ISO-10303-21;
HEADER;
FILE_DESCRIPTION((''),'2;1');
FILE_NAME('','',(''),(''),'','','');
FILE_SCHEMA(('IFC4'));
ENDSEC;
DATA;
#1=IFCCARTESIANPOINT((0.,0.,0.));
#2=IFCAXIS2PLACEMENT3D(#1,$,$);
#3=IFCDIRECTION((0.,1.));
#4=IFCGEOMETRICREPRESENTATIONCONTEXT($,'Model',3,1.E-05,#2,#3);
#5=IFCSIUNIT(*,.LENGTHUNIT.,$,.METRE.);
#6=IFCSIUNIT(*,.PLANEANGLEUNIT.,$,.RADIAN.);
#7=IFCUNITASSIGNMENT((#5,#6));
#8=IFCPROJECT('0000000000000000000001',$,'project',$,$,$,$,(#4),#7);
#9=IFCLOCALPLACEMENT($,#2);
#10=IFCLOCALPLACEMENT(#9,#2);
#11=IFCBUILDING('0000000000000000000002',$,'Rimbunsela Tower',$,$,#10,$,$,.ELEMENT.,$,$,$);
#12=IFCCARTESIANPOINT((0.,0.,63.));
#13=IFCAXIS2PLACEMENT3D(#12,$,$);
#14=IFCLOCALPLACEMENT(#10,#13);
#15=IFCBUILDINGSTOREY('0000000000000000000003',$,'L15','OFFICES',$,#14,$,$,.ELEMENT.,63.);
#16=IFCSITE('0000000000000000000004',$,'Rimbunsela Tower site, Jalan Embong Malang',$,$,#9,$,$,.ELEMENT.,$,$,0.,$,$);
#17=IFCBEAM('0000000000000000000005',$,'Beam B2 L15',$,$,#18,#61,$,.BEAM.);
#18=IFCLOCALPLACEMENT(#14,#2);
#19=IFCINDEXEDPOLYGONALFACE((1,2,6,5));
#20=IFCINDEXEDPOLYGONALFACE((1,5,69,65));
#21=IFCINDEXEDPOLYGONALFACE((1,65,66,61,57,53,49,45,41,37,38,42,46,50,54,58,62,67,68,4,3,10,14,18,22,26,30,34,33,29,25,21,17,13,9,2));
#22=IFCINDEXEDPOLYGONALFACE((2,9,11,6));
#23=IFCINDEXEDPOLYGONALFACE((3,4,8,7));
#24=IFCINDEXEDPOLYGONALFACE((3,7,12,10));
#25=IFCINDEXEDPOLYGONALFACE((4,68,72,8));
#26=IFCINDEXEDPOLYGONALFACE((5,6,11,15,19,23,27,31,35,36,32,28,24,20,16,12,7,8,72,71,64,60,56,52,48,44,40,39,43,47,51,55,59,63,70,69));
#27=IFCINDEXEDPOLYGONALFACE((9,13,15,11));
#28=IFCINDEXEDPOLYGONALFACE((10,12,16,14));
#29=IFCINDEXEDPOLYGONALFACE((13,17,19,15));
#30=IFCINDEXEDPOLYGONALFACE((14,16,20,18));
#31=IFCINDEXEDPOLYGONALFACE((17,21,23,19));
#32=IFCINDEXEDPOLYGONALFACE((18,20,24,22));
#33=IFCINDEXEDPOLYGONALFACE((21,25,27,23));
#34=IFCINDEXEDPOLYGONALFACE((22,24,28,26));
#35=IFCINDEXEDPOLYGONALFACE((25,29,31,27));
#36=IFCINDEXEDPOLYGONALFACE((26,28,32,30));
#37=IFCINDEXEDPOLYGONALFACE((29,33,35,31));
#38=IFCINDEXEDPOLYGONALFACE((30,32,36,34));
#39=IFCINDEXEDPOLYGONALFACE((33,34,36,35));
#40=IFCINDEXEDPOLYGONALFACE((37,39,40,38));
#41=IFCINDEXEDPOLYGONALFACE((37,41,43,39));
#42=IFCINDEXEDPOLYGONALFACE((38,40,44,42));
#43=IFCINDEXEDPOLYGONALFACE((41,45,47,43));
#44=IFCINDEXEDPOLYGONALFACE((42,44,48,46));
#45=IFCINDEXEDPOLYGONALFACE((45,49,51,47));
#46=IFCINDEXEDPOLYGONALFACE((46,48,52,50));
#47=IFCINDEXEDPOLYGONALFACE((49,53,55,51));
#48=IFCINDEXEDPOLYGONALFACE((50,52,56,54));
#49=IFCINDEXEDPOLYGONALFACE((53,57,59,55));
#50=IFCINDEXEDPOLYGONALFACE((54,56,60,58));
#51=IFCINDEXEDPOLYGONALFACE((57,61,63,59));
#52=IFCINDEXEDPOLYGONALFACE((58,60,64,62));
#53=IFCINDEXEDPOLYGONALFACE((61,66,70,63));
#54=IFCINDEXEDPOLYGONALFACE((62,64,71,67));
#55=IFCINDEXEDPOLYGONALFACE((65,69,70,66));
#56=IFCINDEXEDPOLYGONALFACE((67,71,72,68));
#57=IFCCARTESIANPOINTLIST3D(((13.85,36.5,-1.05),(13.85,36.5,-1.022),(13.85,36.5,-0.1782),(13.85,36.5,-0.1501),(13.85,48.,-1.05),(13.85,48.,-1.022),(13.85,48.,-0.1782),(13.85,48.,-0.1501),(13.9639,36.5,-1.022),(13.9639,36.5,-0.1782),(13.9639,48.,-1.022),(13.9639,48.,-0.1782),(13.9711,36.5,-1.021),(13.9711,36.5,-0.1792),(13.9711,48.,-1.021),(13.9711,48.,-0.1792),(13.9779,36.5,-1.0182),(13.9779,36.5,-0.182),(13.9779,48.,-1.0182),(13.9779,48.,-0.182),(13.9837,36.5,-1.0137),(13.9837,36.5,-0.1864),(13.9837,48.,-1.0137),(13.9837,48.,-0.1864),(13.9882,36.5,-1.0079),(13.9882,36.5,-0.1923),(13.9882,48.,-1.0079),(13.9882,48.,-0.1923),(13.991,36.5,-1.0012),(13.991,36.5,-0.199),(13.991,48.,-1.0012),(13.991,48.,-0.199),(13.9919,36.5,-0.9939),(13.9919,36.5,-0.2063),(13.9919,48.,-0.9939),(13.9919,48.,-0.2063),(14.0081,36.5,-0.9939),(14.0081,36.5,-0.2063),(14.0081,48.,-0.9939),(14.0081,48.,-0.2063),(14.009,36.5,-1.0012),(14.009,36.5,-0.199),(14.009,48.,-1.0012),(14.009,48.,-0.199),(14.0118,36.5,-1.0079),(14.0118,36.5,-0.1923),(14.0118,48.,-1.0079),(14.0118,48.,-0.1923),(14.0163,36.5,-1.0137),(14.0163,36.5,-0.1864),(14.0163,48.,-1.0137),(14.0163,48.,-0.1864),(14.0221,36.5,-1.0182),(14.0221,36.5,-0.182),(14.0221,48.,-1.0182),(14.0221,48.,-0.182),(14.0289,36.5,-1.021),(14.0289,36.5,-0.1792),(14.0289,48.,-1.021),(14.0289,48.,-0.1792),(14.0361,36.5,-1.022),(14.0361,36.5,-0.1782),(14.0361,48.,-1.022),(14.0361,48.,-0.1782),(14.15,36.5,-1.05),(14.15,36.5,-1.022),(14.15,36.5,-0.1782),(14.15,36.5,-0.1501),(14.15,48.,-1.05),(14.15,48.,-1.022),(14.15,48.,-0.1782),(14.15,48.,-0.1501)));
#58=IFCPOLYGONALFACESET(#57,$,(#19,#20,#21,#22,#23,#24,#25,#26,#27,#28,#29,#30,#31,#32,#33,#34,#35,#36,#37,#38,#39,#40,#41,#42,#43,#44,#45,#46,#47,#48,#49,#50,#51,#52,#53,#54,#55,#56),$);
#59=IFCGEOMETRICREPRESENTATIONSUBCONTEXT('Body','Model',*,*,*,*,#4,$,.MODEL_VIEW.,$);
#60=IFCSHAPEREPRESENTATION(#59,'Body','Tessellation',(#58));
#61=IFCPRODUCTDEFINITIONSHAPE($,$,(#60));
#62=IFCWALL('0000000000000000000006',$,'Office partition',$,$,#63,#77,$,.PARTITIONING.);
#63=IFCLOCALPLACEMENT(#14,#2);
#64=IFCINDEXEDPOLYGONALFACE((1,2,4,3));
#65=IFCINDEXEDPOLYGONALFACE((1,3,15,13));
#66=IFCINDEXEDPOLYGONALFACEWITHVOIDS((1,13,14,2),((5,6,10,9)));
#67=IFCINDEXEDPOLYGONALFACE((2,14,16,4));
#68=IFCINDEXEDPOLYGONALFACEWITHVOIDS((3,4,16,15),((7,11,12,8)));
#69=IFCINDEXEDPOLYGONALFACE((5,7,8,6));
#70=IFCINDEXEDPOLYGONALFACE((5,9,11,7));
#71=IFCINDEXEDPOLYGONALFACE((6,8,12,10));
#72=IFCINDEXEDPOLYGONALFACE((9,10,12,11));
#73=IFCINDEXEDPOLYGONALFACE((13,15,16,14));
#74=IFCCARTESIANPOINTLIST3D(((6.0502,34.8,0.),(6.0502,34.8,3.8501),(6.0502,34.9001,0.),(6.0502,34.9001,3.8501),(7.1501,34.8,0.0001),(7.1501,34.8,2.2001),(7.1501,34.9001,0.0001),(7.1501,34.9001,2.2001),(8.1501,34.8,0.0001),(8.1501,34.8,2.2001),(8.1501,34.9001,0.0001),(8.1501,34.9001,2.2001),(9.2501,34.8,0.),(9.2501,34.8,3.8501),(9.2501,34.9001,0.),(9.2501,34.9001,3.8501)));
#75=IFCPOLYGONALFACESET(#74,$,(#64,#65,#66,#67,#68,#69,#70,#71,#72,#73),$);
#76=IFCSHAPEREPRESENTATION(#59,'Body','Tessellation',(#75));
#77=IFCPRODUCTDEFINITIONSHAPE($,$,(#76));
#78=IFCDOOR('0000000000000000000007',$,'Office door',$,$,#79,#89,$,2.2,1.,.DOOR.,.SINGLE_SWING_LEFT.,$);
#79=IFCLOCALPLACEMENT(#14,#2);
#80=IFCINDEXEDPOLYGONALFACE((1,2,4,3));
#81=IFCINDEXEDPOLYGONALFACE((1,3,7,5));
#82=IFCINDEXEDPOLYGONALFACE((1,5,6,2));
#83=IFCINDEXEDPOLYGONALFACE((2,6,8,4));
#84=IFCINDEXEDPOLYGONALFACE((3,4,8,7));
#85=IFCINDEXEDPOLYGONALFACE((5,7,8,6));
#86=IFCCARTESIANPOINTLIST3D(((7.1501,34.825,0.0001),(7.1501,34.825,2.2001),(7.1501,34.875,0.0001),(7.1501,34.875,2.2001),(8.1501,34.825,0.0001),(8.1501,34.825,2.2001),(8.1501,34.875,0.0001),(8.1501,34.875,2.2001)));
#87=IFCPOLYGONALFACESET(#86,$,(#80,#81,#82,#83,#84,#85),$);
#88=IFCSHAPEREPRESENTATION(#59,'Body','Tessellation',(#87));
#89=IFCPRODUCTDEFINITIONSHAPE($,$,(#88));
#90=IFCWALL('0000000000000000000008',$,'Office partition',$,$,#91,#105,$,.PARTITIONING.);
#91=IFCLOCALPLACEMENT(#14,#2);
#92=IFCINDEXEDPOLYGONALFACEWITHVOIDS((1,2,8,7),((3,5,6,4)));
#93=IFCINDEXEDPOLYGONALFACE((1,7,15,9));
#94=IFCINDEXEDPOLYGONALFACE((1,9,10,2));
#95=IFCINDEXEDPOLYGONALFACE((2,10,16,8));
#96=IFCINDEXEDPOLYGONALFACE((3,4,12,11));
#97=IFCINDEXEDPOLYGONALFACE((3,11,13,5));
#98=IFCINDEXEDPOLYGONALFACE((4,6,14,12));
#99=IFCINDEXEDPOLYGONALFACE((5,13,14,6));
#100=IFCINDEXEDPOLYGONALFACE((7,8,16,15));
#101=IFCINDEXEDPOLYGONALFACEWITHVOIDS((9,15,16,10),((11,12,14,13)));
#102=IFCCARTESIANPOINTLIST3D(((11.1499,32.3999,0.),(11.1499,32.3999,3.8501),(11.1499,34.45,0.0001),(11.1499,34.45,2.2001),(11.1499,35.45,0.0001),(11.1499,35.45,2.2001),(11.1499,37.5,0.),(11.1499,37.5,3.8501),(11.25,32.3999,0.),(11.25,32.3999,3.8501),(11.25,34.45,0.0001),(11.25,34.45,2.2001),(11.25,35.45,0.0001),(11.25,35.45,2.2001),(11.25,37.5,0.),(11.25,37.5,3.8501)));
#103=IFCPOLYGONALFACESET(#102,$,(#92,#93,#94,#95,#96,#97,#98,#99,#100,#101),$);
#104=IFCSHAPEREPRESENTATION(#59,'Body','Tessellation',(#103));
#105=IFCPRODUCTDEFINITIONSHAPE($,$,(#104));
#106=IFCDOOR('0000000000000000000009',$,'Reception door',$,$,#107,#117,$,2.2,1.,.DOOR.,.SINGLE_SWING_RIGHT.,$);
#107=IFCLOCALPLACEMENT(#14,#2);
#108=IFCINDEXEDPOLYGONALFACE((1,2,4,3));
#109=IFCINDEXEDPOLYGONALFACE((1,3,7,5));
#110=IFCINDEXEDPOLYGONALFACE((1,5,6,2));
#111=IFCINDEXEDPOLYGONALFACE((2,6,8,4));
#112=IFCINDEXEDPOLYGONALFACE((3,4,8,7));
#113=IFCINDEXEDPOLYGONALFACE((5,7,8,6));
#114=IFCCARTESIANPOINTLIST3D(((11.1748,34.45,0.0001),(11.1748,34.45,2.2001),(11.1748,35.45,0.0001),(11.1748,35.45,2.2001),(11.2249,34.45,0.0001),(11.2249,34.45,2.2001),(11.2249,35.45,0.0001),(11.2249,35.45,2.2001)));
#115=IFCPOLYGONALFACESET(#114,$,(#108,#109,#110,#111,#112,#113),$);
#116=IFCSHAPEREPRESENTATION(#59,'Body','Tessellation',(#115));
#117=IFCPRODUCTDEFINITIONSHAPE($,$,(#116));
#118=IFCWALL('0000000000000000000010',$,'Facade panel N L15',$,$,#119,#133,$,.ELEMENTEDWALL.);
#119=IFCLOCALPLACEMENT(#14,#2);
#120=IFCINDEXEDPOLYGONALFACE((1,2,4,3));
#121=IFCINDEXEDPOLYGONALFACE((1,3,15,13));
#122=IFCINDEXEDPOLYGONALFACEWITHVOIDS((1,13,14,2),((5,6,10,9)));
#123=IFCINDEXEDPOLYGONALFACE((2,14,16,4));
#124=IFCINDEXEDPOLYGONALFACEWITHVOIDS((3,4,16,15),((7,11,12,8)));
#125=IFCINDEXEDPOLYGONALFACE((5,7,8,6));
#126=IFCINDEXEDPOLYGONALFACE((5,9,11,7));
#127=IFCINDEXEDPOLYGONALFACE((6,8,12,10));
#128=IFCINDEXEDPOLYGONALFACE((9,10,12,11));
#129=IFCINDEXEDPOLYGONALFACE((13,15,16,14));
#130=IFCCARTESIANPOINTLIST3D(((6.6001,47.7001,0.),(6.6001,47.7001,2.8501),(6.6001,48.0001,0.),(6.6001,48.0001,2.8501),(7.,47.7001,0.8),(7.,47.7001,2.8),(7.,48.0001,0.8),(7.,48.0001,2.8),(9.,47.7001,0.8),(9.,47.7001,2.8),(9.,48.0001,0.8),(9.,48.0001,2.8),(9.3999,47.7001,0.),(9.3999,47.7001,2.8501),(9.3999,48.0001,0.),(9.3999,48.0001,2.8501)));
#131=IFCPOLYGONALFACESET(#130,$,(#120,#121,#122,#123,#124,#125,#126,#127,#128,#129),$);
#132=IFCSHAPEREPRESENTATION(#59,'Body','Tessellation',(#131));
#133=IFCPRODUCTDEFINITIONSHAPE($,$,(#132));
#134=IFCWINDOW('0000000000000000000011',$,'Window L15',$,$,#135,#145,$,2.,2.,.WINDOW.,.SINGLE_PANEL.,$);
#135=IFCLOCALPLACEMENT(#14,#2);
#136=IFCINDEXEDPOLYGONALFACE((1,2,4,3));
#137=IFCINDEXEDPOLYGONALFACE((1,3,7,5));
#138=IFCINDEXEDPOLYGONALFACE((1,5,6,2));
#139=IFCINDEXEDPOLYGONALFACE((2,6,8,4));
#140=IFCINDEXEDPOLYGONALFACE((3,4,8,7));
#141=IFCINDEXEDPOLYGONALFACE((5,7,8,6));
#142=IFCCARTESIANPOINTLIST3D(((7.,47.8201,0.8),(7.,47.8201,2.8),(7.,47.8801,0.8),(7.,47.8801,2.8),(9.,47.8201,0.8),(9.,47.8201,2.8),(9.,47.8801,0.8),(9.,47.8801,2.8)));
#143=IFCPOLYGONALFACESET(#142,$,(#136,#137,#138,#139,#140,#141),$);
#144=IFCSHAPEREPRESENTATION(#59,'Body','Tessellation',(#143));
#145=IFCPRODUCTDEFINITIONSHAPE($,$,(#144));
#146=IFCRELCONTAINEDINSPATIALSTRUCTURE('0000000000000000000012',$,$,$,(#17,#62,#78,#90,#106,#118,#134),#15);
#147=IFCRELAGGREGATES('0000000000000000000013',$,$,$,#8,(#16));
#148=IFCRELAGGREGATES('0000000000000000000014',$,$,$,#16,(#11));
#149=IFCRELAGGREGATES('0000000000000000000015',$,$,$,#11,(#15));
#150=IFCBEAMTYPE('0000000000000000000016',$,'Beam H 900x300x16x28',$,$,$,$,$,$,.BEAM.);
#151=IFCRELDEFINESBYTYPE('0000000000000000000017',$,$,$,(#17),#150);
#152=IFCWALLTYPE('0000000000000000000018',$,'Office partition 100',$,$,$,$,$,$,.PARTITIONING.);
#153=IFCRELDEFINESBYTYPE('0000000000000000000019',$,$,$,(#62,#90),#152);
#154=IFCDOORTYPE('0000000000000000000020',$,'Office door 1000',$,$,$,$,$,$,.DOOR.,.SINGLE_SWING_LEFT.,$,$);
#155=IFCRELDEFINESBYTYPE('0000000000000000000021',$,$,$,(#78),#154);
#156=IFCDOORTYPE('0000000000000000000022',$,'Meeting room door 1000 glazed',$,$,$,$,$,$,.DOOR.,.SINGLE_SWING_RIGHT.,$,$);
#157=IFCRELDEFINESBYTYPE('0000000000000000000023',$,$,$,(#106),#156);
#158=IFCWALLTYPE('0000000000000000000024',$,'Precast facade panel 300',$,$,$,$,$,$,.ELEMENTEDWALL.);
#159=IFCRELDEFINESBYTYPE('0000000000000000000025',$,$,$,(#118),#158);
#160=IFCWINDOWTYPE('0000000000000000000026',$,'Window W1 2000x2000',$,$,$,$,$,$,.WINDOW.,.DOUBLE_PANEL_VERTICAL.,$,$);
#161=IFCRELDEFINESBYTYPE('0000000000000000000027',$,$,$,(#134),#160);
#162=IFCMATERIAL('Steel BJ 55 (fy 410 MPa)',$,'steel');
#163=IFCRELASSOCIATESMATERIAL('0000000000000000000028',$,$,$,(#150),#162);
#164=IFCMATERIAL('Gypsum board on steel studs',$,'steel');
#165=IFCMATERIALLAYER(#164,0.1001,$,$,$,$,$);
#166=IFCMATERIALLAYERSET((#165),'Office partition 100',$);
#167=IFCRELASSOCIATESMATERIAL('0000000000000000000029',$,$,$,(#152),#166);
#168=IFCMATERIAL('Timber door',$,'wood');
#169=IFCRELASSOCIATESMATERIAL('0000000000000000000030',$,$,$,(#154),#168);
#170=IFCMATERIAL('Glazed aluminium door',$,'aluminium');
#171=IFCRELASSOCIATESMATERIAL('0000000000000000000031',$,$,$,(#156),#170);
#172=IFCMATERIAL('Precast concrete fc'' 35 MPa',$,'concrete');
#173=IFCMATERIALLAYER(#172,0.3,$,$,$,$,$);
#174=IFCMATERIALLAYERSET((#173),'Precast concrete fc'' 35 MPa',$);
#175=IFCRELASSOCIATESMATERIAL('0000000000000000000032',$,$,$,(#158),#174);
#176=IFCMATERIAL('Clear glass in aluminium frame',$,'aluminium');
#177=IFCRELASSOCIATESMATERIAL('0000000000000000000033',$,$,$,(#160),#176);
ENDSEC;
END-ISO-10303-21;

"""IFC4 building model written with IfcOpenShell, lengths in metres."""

from ifc_helpers import new_model, si_unit, direction, frame, frame_2d, origin, origin_2d, place, context, subcontext, project, spatial, rectangle, i_section, extrude, material, layer, layer_set, material_profile, profile_set, type_object, element, fill, save


model = new_model("IFC4")

# Units and contexts
model_context = context("Model", 3, precision=1e-05, world=origin(), true_north=direction((0.0, 1.0)))
body_context = subcontext(model_context, "Body", "Model", "MODEL_VIEW")
ifc_project = project(units=[si_unit("LENGTHUNIT", "METRE"), si_unit("PLANEANGLEUNIT", "RADIAN")], contexts=[model_context])

# Site, building, storey
site_placement = place(None, origin())
site = spatial("IfcSite", under=ifc_project, at=site_placement, Name="Rimbunsela Tower site, Jalan Embong Malang", CompositionType="ELEMENT", RefElevation=0.0)
building_placement = place(site_placement, origin())
building = spatial("IfcBuilding", under=site, at=building_placement, Name="Rimbunsela Tower", CompositionType="ELEMENT")
storey_placement = place(building_placement, frame((0.0, 0.0, 63.0)))
storey = spatial("IfcBuildingStorey", under=building, at=storey_placement, Name="L15", Description="OFFICES", CompositionType="ELEMENT", Elevation=63.0)

# Beam
ifc_material_1 = material(Name="Steel BJ 55 (fy 410 MPa)", Category="steel")
ifc_material_profile_1 = material_profile(ifc_material_1, i_section(OverallWidth=0.3, OverallDepth=0.8999, WebThickness=0.0161, FlangeThickness=0.0281, FilletRadius=0.0281, at=origin_2d()), Name="H 900x300x16x28")
ifc_profile_set_1 = profile_set([ifc_material_profile_1], Name="Steel BJ 55 (fy 410 MPa)")
beam_type_1 = type_object("IfcBeamType", Name="Beam H 900x300x16x28", PredefinedType="BEAM", material=ifc_profile_set_1)
for number, where, z_axis, x_axis, name in (
    (1, (14.0, 36.5, -0.6001), (0.0, 1.0, 0.0), (-1.0, 0.0, 0.0), "Beam B2 L15"),
):
    element("IfcBeam", number, at=place(storey_placement, frame(where, z_axis=z_axis, x_axis=x_axis)), inside=storey, type_object=beam_type_1, Name=name, PredefinedType="BEAM", context=body_context, shape_type="SweptSolid", body=[
        extrude(i_section(OverallWidth=0.3, OverallDepth=0.8999, WebThickness=0.0161, FlangeThickness=0.0281, FilletRadius=0.0281, at=origin_2d()), origin(), (0.0, 0.0, 1.0), 11.5),
    ])

# Walls, openings, doors
ifc_material_2 = material(Name="Gypsum board on steel studs", Category="steel")
ifc_layer_1 = layer(ifc_material_2, 0.1001)
ifc_layer_set_1 = layer_set([ifc_layer_1], Name="Office partition 100")
wall_type_1 = type_object("IfcWallType", Name="Office partition 100", PredefinedType="PARTITIONING", material=ifc_layer_set_1)
wall_1_placement = place(storey_placement, frame((6.05, 34.8501, 0.0), z_axis=(0.0, 0.0, 1.0), x_axis=(1.0, 0.0, 0.0)))
wall_1 = element("IfcWall", 2, at=wall_1_placement, inside=storey, type_object=wall_type_1, Name="Office partition", PredefinedType="PARTITIONING", context=body_context, shape_type="SweptSolid", body=[
    extrude(rectangle(XDim=3.2, YDim=0.1001, at=frame_2d((1.6001, 0.0))), origin(), (0.0, 0.0, 1.0), 3.8501),
])
opening_1_placement = place(wall_1_placement, frame((1.1001, 0.0, 0.0)))
opening_1 = element("IfcOpeningElement", 3, at=opening_1_placement, cuts=wall_1, PredefinedType="OPENING", context=body_context, shape_type="SweptSolid", body=[
    extrude(rectangle(XDim=1.0, YDim=2.2, at=frame_2d((0.5, 1.1001))), frame((0.0, 0.0601, 0.0), z_axis=(0.0, -1.0, 0.0), x_axis=(1.0, 0.0, 0.0)), (0.0, 0.0, 1.0), 0.1201),
])
ifc_material_3 = material(Name="Timber door", Category="wood")
door_type_1 = type_object("IfcDoorType", Name="Office door 1000", OperationType="SINGLE_SWING_LEFT", PredefinedType="DOOR", material=ifc_material_3)
door_1_placement = place(opening_1_placement, origin())
door_1 = element("IfcDoor", 4, at=door_1_placement, inside=storey, type_object=door_type_1, Name="Office door", OperationType="SINGLE_SWING_LEFT", OverallHeight=2.2, OverallWidth=1.0, PredefinedType="DOOR", context=body_context, shape_type="SweptSolid", body=[
    extrude(rectangle(XDim=1.0, YDim=2.2, at=frame_2d((0.5, 1.1001))), frame((0.0, 0.0249, 0.0), z_axis=(0.0, -1.0, 0.0), x_axis=(1.0, 0.0, 0.0)), (0.0, 0.0, 1.0), 0.05),
])
fill(opening_1, door_1)
wall_2_placement = place(storey_placement, frame((11.2, 37.5, 0.0), z_axis=(0.0, 0.0, 1.0), x_axis=(0.0, -1.0, 0.0)))
wall_2 = element("IfcWall", 5, at=wall_2_placement, inside=storey, type_object=wall_type_1, Name="Office partition", PredefinedType="PARTITIONING", context=body_context, shape_type="SweptSolid", body=[
    extrude(rectangle(XDim=5.1001, YDim=0.1001, at=frame_2d((2.55, 0.0))), origin(), (0.0, 0.0, 1.0), 3.8501),
])
opening_2_placement = place(wall_2_placement, frame((2.05, 0.0, 0.0)))
opening_2 = element("IfcOpeningElement", 6, at=opening_2_placement, cuts=wall_2, PredefinedType="OPENING", context=body_context, shape_type="SweptSolid", body=[
    extrude(rectangle(XDim=1.0, YDim=2.2, at=frame_2d((0.5, 1.1001))), frame((0.0, 0.0601, 0.0), z_axis=(0.0, -1.0, 0.0), x_axis=(1.0, 0.0, 0.0)), (0.0, 0.0, 1.0), 0.1201),
])
ifc_material_4 = material(Name="Glazed aluminium door", Category="aluminium")
door_type_2 = type_object("IfcDoorType", Name="Meeting room door 1000 glazed", OperationType="SINGLE_SWING_RIGHT", PredefinedType="DOOR", material=ifc_material_4)
door_2_placement = place(opening_2_placement, origin())
door_2 = element("IfcDoor", 7, at=door_2_placement, inside=storey, type_object=door_type_2, Name="Reception door", OperationType="SINGLE_SWING_RIGHT", OverallHeight=2.2, OverallWidth=1.0, PredefinedType="DOOR", context=body_context, shape_type="SweptSolid", body=[
    extrude(rectangle(XDim=1.0, YDim=2.2, at=frame_2d((0.5, 1.1001))), frame((0.0, 0.0249, 0.0), z_axis=(0.0, -1.0, 0.0), x_axis=(1.0, 0.0, 0.0)), (0.0, 0.0, 1.0), 0.05),
])
fill(opening_2, door_2)

# Wall, opening, window
ifc_material_5 = material(Name="Precast concrete fc' 35 MPa", Category="concrete")
ifc_layer_2 = layer(ifc_material_5, 0.3)
ifc_layer_set_2 = layer_set([ifc_layer_2], Name="Precast concrete fc' 35 MPa")
wall_type_2 = type_object("IfcWallType", Name="Precast facade panel 300", PredefinedType="ELEMENTEDWALL", material=ifc_layer_set_2)
wall_3_placement = place(storey_placement, frame((9.3999, 47.8501, 0.0), z_axis=(0.0, 0.0, 1.0), x_axis=(-1.0, 0.0, 0.0)))
wall_3 = element("IfcWall", 8, at=wall_3_placement, inside=storey, type_object=wall_type_2, Name="Facade panel N L15", PredefinedType="ELEMENTEDWALL", context=body_context, shape_type="SweptSolid", body=[
    extrude(rectangle(XDim=2.7998, YDim=0.3, at=frame_2d((1.3999, 0.0))), origin(), (0.0, 0.0, 1.0), 2.8501),
])
opening_3_placement = place(wall_3_placement, frame((0.3999, 0.0, 0.8)))
opening_3 = element("IfcOpeningElement", 9, at=opening_3_placement, cuts=wall_3, PredefinedType="OPENING", context=body_context, shape_type="SweptSolid", body=[
    extrude(rectangle(XDim=2.0, YDim=2.0, at=frame_2d((1.0, 1.0))), frame((0.0, 0.1599, 0.0), z_axis=(0.0, -1.0, 0.0), x_axis=(1.0, 0.0, 0.0)), (0.0, 0.0, 1.0), 0.3201),
])
ifc_material_6 = material(Name="Clear glass in aluminium frame", Category="aluminium")
window_type = type_object("IfcWindowType", Name="Window W1 2000x2000", PartitioningType="DOUBLE_PANEL_VERTICAL", PredefinedType="WINDOW", material=ifc_material_6)
window_1_placement = place(opening_3_placement, origin())
window_1 = element("IfcWindow", 10, at=window_1_placement, inside=storey, type_object=window_type, Name="Window L15", OverallHeight=2.0, OverallWidth=2.0, PartitioningType="SINGLE_PANEL", PredefinedType="WINDOW", context=body_context, shape_type="SweptSolid", body=[
    extrude(rectangle(XDim=2.0, YDim=2.0, at=frame_2d((1.0, 1.0))), frame((0.0, 0.03, 0.0), z_axis=(0.0, -1.0, 0.0), x_axis=(1.0, 0.0, 0.0)), (0.0, 0.0, 1.0), 0.0601),
])
fill(opening_3, window_1)

save(model, "model.ifc")
